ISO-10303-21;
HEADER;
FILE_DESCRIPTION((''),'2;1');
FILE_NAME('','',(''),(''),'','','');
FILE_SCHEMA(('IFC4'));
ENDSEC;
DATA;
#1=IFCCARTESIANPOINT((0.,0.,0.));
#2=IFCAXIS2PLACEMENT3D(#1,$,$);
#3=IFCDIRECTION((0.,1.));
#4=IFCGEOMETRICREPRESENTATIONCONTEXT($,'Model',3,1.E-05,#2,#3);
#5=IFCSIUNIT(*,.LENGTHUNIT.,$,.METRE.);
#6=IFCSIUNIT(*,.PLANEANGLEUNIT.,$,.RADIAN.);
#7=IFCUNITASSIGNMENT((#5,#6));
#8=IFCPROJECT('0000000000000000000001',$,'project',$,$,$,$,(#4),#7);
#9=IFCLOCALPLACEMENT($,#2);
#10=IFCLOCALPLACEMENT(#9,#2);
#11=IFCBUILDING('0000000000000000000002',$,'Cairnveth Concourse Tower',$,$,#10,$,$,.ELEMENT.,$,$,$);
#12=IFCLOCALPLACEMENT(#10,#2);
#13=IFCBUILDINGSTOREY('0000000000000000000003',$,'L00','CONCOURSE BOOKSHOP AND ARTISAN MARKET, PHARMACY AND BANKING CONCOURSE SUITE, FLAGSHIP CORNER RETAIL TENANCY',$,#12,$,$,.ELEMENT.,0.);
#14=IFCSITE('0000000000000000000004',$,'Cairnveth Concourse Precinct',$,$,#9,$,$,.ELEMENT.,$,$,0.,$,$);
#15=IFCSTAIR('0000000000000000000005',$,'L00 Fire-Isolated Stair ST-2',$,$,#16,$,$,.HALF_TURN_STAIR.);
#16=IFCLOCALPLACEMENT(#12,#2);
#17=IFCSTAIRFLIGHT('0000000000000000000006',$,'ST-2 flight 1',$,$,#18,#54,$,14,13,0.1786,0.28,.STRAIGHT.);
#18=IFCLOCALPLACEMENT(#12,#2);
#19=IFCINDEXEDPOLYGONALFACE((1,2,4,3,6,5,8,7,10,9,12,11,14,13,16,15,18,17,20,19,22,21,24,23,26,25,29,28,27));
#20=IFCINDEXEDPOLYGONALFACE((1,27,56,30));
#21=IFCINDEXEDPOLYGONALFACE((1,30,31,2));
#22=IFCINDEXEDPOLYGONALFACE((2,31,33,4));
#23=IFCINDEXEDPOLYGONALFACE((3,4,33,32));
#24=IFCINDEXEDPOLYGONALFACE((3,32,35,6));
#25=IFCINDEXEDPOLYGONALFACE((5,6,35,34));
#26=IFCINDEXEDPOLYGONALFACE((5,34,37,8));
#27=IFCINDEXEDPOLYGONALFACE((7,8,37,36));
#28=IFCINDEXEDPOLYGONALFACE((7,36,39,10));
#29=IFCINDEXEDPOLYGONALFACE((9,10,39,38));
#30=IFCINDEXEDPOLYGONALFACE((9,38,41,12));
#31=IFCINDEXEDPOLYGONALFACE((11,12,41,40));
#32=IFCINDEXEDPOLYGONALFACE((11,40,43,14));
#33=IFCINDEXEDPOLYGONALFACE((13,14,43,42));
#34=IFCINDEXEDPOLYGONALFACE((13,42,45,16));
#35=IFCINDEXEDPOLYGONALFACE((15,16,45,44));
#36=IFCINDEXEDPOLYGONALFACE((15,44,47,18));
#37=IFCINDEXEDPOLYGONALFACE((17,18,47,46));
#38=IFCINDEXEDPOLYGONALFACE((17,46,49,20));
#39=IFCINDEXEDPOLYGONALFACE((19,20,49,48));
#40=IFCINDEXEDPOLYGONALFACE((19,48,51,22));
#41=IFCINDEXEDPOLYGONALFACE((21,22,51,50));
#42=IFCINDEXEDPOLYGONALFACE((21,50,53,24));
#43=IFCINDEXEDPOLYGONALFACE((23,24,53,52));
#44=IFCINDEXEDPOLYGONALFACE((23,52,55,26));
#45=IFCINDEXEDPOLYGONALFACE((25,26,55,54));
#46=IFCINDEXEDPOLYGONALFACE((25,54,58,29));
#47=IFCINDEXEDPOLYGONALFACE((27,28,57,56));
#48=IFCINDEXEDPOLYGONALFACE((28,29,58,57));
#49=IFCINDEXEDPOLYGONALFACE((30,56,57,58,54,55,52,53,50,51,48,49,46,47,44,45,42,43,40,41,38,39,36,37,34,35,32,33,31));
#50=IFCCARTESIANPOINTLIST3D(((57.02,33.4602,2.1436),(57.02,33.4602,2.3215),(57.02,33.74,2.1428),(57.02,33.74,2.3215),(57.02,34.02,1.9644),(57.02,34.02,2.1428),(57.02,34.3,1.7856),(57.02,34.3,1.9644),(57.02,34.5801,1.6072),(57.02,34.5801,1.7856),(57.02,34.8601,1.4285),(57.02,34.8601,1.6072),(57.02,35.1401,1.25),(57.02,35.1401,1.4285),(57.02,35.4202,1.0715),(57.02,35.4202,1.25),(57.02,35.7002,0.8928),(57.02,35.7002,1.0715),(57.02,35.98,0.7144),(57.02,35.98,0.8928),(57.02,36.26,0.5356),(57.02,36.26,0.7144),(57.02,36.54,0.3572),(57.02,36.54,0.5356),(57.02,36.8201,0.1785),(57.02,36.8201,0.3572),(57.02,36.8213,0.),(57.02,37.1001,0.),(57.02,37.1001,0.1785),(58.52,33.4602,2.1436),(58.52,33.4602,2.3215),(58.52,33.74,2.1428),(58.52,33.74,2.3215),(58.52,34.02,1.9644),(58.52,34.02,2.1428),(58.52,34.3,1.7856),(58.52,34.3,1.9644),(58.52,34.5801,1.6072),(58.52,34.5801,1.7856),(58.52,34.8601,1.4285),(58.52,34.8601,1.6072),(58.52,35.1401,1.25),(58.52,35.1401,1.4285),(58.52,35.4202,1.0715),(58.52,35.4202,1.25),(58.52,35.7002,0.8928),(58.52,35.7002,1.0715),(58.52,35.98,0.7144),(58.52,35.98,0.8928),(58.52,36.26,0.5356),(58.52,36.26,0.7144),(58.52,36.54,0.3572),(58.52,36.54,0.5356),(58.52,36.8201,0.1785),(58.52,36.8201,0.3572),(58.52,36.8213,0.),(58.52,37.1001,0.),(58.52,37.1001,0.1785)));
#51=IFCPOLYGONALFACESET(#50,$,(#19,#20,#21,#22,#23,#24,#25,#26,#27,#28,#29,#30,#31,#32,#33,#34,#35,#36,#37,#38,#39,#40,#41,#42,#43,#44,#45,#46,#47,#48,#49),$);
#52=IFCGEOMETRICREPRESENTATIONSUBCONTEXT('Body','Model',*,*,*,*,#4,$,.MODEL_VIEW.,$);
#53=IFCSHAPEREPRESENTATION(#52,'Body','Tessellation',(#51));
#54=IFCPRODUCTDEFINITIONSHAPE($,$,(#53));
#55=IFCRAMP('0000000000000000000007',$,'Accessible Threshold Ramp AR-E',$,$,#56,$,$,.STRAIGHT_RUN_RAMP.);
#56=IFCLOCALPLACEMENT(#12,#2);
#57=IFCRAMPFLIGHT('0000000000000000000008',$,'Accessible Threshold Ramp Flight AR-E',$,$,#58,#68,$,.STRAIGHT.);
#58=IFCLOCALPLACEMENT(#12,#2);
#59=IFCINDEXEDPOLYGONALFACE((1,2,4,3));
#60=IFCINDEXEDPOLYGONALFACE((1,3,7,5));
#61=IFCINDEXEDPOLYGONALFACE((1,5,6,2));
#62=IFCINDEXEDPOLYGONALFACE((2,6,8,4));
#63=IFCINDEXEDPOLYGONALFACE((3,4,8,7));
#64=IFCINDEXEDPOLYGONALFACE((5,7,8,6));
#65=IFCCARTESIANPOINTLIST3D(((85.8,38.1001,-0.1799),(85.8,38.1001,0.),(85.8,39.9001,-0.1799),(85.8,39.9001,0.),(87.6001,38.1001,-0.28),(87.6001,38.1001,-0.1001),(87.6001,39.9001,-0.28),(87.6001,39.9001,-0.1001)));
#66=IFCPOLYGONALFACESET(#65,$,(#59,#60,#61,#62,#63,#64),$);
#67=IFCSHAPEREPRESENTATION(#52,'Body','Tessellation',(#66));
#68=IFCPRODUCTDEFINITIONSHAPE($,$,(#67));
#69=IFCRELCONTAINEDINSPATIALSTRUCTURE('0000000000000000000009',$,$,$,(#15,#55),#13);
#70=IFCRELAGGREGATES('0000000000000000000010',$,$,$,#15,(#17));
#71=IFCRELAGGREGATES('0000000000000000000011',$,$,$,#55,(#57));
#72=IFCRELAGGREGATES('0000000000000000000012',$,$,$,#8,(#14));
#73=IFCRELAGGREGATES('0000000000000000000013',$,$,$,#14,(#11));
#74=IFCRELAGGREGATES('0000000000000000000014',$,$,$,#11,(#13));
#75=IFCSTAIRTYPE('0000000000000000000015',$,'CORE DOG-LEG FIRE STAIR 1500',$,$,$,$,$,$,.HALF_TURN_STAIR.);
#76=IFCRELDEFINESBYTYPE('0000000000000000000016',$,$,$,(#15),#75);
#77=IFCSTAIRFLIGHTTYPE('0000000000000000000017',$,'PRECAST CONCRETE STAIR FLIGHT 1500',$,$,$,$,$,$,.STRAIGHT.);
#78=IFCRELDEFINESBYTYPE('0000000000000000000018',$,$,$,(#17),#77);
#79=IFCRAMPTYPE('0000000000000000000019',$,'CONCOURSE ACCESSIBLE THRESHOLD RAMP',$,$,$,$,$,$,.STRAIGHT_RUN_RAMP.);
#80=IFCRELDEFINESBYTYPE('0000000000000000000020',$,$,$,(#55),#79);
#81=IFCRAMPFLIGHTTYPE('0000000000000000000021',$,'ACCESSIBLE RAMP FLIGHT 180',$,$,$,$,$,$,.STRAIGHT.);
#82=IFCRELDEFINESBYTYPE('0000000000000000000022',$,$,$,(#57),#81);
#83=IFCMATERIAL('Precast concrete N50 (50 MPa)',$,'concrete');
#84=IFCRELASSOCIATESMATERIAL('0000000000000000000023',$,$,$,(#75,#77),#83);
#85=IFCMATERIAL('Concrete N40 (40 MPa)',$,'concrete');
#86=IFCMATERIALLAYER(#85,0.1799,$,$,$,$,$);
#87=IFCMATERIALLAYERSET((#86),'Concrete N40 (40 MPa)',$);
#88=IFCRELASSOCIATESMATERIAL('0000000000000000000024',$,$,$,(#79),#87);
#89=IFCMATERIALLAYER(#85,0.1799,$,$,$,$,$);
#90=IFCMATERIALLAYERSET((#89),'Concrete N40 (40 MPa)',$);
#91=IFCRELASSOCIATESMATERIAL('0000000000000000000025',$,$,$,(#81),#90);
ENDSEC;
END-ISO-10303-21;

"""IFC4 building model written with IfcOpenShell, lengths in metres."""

from ifc_helpers import new_model, si_unit, direction, frame, origin, place, context, subcontext, project, spatial, polyline, outline, extrude, material, layer, layer_set, type_object, element, aggregate, save


model = new_model("IFC4")

# Units and contexts
model_context = context("Model", 3, precision=1e-05, world=origin(), true_north=direction((0.0, 1.0)))
body_context = subcontext(model_context, "Body", "Model", "MODEL_VIEW")
ifc_project = project(units=[si_unit("LENGTHUNIT", "METRE"), si_unit("PLANEANGLEUNIT", "RADIAN")], contexts=[model_context])

# Site, building, storey
site_placement = place(None, origin())
site = spatial("IfcSite", under=ifc_project, at=site_placement, Name="Cairnveth Concourse Precinct", CompositionType="ELEMENT", RefElevation=0.0)
building_placement = place(site_placement, origin())
building = spatial("IfcBuilding", under=site, at=building_placement, Name="Cairnveth Concourse Tower", CompositionType="ELEMENT")
storey_placement = place(building_placement, origin())
storey = spatial("IfcBuildingStorey", under=building, at=storey_placement, Name="L00", Description="CONCOURSE BOOKSHOP AND ARTISAN MARKET, PHARMACY AND BANKING CONCOURSE SUITE, FLAGSHIP CORNER RETAIL TENANCY", CompositionType="ELEMENT", Elevation=0.0)

# Stair, stair flight
ifc_material_1 = material(Name="Precast concrete N50 (50 MPa)", Category="concrete")
stair_type = type_object("IfcStairType", Name="CORE DOG-LEG FIRE STAIR 1500", PredefinedType="HALF_TURN_STAIR", material=ifc_material_1)
stair_placement = place(storey_placement, origin())
stair = element("IfcStair", 1, at=stair_placement, inside=storey, type_object=stair_type, Name="L00 Fire-Isolated Stair ST-2", PredefinedType="HALF_TURN_STAIR")
stair_flight_type = type_object("IfcStairFlightType", Name="PRECAST CONCRETE STAIR FLIGHT 1500", PredefinedType="STRAIGHT", material=ifc_material_1)
stair_flight_placement = place(storey_placement, frame((57.77, 37.1001, 0.0), z_axis=(0.0, 0.0, 1.0), x_axis=(0.0, -1.0, 0.0)))
stair_flight = element("IfcStairFlight", 2, at=stair_flight_placement, type_object=stair_flight_type, Name="ST-2 flight 1", NumberOfRisers=14, NumberOfTreads=13, PredefinedType="STRAIGHT", RiserHeight=0.1786, TreadLength=0.28, context=body_context, shape_type="SweptSolid", body=[
    extrude(outline(polyline([(0.0, 0.0), (0.0, 0.1785), (0.28, 0.1785), (0.28, 0.3572), (0.5601, 0.3572), (0.5601, 0.5356), (0.8401, 0.5356), (0.8401, 0.7144), (1.1201, 0.7144), (1.1201, 0.8928), (1.3999, 0.8928), (1.3999, 1.0715), (1.6799, 1.0715), (1.6799, 1.25), (1.96, 1.25), (1.96, 1.4285), (2.24, 1.4285), (2.24, 1.6072), (2.52, 1.6072), (2.52, 1.7856), (2.8, 1.7856), (2.8, 1.9644), (3.0801, 1.9644), (3.0801, 2.1428), (3.3601, 2.1428), (3.3601, 2.3215), (3.6399, 2.3215), (3.6399, 2.5), (3.6399, 2.1436), (0.2788, 0.0), (0.0, 0.0)])), frame((0.0, 0.75, 0.0), z_axis=(0.0, -1.0, 0.0), x_axis=(1.0, 0.0, 0.0)), (0.0, 0.0, 1.0), 1.5),
])
aggregate(stair, [stair_flight])

# Ramp, ramp flight
ifc_material_2 = material(Name="Concrete N40 (40 MPa)", Category="concrete")
ifc_layer_1 = layer(ifc_material_2, 0.1799)
ifc_layer_set_1 = layer_set([ifc_layer_1], Name="Concrete N40 (40 MPa)")
ramp_type = type_object("IfcRampType", Name="CONCOURSE ACCESSIBLE THRESHOLD RAMP", PredefinedType="STRAIGHT_RUN_RAMP", material=ifc_layer_set_1)
ramp_placement = place(storey_placement, origin())
ramp = element("IfcRamp", 3, at=ramp_placement, inside=storey, type_object=ramp_type, Name="Accessible Threshold Ramp AR-E", PredefinedType="STRAIGHT_RUN_RAMP")
ifc_layer_2 = layer(ifc_material_2, 0.1799)
ifc_layer_set_2 = layer_set([ifc_layer_2], Name="Concrete N40 (40 MPa)")
ramp_flight_type = type_object("IfcRampFlightType", Name="ACCESSIBLE RAMP FLIGHT 180", PredefinedType="STRAIGHT", material=ifc_layer_set_2)
ramp_flight_placement = place(storey_placement, frame((87.6001, 39.0, -0.1001), z_axis=(0.0, 0.0, 1.0), x_axis=(-1.0, 0.0, 0.0)))
ramp_flight = element("IfcRampFlight", 4, at=ramp_flight_placement, type_object=ramp_flight_type, Name="Accessible Threshold Ramp Flight AR-E", PredefinedType="STRAIGHT", context=body_context, shape_type="SweptSolid", body=[
    extrude(outline(polyline([(0.0, 0.0), (1.8, 0.1001), (1.8, -0.0798), (0.0, -0.1799), (0.0, 0.0)])), frame((0.0, 0.8999, 0.0), z_axis=(0.0, -1.0, 0.0), x_axis=(1.0, 0.0, 0.0)), (0.0, 0.0, 1.0), 1.8),
])
aggregate(ramp, [ramp_flight])

save(model, "model.ifc")
